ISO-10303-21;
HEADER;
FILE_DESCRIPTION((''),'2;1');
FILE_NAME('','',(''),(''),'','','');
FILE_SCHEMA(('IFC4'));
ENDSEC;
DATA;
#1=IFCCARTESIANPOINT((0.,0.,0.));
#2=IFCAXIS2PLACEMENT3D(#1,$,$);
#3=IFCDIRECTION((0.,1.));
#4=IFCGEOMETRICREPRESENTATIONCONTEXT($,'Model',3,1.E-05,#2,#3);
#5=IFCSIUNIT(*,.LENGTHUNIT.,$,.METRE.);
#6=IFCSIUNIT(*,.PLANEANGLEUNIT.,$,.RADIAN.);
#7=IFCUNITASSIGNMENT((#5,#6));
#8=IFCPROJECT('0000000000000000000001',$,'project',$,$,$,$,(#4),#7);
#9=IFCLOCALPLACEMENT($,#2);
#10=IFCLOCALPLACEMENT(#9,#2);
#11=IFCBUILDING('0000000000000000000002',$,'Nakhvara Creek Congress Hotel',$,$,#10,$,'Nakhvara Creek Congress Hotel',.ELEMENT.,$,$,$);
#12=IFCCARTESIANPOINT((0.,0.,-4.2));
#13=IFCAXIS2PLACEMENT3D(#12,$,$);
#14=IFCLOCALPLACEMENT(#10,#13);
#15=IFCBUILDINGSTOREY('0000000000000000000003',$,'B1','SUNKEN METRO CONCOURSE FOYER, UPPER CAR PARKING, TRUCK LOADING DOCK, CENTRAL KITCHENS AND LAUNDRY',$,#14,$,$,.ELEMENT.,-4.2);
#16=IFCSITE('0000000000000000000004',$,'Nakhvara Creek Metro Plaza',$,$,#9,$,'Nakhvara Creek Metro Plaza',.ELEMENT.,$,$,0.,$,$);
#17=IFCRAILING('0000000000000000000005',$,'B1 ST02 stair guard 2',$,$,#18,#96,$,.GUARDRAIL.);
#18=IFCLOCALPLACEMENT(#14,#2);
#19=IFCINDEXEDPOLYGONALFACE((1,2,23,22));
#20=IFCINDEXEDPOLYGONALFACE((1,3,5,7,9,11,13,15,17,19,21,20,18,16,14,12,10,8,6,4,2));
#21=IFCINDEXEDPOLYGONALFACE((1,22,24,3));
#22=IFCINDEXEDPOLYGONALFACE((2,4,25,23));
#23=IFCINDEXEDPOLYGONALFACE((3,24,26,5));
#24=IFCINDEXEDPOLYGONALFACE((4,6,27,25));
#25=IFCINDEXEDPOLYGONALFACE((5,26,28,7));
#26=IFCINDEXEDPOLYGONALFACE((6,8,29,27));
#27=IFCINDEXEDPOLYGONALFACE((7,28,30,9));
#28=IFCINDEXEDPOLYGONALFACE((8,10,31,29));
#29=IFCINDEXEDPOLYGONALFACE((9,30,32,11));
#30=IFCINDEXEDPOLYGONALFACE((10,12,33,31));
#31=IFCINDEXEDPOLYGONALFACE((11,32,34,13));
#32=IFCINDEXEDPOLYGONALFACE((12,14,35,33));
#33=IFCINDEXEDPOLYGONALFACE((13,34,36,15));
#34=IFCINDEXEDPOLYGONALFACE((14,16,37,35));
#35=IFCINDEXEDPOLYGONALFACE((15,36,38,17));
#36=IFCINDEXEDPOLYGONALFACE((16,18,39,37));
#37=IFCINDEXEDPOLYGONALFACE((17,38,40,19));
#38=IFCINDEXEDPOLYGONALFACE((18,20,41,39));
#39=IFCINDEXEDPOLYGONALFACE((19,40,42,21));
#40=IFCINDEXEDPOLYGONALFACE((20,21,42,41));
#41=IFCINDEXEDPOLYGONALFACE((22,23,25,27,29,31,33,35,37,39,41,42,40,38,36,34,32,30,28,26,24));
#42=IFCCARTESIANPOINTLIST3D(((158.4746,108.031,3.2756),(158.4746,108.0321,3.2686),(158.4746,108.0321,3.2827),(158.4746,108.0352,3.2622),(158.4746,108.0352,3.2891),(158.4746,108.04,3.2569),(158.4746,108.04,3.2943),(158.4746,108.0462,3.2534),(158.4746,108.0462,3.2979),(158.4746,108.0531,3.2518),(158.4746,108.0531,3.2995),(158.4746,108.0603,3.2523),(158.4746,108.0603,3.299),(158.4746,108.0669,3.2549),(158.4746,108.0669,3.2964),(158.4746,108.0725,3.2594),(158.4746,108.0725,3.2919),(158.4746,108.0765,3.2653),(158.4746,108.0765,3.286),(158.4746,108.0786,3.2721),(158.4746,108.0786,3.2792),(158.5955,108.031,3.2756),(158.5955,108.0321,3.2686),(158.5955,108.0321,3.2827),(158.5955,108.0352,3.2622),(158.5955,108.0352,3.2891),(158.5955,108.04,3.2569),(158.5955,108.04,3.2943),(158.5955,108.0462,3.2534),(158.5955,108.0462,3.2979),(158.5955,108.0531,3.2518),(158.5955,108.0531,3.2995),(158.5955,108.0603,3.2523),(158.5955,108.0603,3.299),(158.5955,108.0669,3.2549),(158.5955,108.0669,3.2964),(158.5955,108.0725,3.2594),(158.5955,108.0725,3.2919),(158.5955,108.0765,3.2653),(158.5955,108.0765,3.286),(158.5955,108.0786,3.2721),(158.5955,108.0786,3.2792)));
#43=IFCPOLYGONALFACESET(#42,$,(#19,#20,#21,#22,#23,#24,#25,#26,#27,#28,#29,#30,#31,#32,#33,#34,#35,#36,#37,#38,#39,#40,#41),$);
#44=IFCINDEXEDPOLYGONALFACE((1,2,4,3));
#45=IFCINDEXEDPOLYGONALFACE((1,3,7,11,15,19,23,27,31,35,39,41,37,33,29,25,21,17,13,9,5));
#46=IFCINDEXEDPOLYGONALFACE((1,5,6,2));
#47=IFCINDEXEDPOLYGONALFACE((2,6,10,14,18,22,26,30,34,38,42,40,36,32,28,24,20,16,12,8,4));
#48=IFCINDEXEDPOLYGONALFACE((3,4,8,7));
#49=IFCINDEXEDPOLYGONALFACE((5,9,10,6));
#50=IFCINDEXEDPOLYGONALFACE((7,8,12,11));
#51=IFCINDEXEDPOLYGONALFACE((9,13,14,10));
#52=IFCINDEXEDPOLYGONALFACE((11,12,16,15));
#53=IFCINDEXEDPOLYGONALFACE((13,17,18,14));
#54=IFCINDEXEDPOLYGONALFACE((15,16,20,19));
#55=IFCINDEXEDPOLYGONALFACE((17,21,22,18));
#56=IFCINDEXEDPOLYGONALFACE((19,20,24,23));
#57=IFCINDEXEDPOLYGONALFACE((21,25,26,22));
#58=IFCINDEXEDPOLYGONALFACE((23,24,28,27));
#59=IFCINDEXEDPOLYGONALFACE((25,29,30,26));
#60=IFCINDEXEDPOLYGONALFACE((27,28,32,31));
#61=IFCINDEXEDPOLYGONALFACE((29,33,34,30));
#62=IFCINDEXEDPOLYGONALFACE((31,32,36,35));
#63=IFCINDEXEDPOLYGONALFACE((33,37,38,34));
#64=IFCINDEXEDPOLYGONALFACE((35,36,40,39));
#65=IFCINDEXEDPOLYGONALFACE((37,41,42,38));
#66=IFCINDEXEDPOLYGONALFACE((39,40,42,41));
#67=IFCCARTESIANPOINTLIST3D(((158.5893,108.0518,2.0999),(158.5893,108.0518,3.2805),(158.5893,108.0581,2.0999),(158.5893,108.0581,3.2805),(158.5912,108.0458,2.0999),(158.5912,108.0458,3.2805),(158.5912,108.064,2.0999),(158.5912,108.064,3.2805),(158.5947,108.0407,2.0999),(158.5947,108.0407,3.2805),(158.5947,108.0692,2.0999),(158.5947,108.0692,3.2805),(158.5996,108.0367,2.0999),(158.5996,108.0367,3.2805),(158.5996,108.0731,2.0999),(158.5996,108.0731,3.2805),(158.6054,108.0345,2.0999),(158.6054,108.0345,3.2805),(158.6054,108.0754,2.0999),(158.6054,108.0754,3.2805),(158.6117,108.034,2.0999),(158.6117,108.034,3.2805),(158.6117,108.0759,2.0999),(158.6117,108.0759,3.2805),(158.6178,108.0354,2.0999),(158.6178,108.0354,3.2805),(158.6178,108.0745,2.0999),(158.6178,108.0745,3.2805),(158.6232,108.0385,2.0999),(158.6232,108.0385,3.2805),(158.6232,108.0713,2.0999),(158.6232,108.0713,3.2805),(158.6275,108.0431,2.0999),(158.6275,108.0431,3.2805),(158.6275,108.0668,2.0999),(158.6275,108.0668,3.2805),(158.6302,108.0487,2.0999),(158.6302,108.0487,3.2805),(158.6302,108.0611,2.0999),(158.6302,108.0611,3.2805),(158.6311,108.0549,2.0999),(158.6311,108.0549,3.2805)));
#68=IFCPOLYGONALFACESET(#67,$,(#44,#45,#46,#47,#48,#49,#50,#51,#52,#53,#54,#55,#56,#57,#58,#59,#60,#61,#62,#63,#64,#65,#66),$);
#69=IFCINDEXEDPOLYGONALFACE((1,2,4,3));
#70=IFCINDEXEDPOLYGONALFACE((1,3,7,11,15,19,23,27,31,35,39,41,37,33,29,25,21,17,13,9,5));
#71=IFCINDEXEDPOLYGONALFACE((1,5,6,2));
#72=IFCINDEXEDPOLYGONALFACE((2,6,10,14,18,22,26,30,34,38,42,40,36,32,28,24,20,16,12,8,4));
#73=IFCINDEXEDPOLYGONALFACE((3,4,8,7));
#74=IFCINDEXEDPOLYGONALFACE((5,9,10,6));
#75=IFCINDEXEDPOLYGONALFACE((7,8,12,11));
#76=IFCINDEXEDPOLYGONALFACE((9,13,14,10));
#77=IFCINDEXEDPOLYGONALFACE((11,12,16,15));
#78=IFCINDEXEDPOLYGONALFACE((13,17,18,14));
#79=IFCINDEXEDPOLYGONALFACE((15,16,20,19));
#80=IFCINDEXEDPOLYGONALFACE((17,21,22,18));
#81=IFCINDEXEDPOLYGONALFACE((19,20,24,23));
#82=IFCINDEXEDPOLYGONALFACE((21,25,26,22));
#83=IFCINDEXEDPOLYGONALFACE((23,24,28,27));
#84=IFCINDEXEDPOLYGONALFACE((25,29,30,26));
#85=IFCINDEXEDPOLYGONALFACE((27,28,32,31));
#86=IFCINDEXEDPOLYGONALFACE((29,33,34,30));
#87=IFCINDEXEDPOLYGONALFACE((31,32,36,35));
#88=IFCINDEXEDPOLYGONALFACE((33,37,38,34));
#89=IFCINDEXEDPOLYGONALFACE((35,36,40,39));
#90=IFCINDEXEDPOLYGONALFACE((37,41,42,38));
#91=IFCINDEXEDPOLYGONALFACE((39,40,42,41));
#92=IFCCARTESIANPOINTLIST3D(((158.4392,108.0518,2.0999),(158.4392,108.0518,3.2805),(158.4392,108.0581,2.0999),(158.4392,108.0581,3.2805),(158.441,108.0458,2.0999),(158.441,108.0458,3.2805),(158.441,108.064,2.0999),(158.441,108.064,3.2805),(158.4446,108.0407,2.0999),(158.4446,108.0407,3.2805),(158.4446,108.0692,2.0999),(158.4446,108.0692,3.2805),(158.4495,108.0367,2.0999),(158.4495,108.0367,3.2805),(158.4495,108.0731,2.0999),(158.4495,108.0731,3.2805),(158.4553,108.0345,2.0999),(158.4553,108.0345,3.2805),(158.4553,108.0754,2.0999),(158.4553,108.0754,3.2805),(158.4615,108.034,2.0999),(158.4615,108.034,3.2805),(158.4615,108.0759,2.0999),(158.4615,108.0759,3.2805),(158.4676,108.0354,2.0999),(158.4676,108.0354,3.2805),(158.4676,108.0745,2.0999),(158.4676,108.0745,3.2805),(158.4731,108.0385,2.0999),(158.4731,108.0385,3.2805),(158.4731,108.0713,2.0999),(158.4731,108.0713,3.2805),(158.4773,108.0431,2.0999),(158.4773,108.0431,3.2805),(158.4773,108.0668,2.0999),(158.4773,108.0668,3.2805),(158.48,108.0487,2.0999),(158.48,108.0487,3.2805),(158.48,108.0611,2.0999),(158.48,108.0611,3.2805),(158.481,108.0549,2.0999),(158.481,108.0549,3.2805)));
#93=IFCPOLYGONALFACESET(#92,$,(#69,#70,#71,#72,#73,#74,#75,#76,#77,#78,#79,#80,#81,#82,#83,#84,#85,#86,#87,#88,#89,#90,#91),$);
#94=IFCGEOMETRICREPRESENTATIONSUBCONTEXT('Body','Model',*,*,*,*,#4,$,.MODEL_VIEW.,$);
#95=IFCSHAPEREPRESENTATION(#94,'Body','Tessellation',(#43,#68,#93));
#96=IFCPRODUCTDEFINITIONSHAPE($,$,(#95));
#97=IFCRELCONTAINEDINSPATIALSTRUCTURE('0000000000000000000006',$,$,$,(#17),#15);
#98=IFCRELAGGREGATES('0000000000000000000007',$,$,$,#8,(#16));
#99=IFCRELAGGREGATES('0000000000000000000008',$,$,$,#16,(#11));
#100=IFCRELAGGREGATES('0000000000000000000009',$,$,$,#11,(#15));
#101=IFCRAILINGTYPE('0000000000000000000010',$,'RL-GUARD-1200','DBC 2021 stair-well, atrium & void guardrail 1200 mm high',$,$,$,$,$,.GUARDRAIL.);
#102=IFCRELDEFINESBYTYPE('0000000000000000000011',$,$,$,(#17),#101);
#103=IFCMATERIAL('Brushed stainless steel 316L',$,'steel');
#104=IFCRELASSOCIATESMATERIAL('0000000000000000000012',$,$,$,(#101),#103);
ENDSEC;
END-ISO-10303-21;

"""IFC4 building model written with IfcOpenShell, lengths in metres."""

from ifc_helpers import new_model, si_unit, direction, frame, origin, origin_2d, place, context, subcontext, project, spatial, circle, extrude, material, type_object, element, save


model = new_model("IFC4")

# Units and contexts
model_context = context("Model", 3, precision=1e-05, world=origin(), true_north=direction((0.0, 1.0)))
body_context = subcontext(model_context, "Body", "Model", "MODEL_VIEW")
ifc_project = project(units=[si_unit("LENGTHUNIT", "METRE"), si_unit("PLANEANGLEUNIT", "RADIAN")], contexts=[model_context])

# Site, building, storey
site_placement = place(None, origin())
site = spatial("IfcSite", under=ifc_project, at=site_placement, Name="Nakhvara Creek Metro Plaza", LongName="Nakhvara Creek Metro Plaza", CompositionType="ELEMENT", RefElevation=0.0)
building_placement = place(site_placement, origin())
building = spatial("IfcBuilding", under=site, at=building_placement, Name="Nakhvara Creek Congress Hotel", LongName="Nakhvara Creek Congress Hotel", CompositionType="ELEMENT")
storey_placement = place(building_placement, frame((0.0, 0.0, -4.2)))
storey = spatial("IfcBuildingStorey", under=building, at=storey_placement, Name="B1", Description="SUNKEN METRO CONCOURSE FOYER, UPPER CAR PARKING, TRUCK LOADING DOCK, CENTRAL KITCHENS AND LAUNDRY", CompositionType="ELEMENT", Elevation=-4.2)

# Railing
ifc_material_1 = material(Name="Brushed stainless steel 316L", Category="steel")
railing_type_1 = type_object("IfcRailingType", Name="RL-GUARD-1200", Description="DBC 2021 stair-well, atrium & void guardrail 1200 mm high", PredefinedType="GUARDRAIL", material=ifc_material_1)
railing_1_placement = place(storey_placement, frame((158.6101, 108.0549, 2.0999)))
element("IfcRailing", 1, at=railing_1_placement, inside=storey, type_object=railing_type_1, Name="B1 ST02 stair guard 2", PredefinedType="GUARDRAIL", context=body_context, shape_type="SweptSolid", body=[
    extrude(circle(Radius=0.0239, at=origin_2d()), frame((-0.0146, 0.0, 1.1758), z_axis=(-1.0, 0.0, 0.0), x_axis=(0.0, -1.0, 0.0)), (0.0, 0.0, 1.0), 0.1208),
    extrude(circle(Radius=0.021, at=origin_2d()), origin(), (0.0, 0.0, 1.0), 1.1807),
    extrude(circle(Radius=0.021, at=origin_2d()), frame((-0.1501, 0.0, 0.0)), (0.0, 0.0, 1.0), 1.1807),
])

save(model, "model.ifc")
